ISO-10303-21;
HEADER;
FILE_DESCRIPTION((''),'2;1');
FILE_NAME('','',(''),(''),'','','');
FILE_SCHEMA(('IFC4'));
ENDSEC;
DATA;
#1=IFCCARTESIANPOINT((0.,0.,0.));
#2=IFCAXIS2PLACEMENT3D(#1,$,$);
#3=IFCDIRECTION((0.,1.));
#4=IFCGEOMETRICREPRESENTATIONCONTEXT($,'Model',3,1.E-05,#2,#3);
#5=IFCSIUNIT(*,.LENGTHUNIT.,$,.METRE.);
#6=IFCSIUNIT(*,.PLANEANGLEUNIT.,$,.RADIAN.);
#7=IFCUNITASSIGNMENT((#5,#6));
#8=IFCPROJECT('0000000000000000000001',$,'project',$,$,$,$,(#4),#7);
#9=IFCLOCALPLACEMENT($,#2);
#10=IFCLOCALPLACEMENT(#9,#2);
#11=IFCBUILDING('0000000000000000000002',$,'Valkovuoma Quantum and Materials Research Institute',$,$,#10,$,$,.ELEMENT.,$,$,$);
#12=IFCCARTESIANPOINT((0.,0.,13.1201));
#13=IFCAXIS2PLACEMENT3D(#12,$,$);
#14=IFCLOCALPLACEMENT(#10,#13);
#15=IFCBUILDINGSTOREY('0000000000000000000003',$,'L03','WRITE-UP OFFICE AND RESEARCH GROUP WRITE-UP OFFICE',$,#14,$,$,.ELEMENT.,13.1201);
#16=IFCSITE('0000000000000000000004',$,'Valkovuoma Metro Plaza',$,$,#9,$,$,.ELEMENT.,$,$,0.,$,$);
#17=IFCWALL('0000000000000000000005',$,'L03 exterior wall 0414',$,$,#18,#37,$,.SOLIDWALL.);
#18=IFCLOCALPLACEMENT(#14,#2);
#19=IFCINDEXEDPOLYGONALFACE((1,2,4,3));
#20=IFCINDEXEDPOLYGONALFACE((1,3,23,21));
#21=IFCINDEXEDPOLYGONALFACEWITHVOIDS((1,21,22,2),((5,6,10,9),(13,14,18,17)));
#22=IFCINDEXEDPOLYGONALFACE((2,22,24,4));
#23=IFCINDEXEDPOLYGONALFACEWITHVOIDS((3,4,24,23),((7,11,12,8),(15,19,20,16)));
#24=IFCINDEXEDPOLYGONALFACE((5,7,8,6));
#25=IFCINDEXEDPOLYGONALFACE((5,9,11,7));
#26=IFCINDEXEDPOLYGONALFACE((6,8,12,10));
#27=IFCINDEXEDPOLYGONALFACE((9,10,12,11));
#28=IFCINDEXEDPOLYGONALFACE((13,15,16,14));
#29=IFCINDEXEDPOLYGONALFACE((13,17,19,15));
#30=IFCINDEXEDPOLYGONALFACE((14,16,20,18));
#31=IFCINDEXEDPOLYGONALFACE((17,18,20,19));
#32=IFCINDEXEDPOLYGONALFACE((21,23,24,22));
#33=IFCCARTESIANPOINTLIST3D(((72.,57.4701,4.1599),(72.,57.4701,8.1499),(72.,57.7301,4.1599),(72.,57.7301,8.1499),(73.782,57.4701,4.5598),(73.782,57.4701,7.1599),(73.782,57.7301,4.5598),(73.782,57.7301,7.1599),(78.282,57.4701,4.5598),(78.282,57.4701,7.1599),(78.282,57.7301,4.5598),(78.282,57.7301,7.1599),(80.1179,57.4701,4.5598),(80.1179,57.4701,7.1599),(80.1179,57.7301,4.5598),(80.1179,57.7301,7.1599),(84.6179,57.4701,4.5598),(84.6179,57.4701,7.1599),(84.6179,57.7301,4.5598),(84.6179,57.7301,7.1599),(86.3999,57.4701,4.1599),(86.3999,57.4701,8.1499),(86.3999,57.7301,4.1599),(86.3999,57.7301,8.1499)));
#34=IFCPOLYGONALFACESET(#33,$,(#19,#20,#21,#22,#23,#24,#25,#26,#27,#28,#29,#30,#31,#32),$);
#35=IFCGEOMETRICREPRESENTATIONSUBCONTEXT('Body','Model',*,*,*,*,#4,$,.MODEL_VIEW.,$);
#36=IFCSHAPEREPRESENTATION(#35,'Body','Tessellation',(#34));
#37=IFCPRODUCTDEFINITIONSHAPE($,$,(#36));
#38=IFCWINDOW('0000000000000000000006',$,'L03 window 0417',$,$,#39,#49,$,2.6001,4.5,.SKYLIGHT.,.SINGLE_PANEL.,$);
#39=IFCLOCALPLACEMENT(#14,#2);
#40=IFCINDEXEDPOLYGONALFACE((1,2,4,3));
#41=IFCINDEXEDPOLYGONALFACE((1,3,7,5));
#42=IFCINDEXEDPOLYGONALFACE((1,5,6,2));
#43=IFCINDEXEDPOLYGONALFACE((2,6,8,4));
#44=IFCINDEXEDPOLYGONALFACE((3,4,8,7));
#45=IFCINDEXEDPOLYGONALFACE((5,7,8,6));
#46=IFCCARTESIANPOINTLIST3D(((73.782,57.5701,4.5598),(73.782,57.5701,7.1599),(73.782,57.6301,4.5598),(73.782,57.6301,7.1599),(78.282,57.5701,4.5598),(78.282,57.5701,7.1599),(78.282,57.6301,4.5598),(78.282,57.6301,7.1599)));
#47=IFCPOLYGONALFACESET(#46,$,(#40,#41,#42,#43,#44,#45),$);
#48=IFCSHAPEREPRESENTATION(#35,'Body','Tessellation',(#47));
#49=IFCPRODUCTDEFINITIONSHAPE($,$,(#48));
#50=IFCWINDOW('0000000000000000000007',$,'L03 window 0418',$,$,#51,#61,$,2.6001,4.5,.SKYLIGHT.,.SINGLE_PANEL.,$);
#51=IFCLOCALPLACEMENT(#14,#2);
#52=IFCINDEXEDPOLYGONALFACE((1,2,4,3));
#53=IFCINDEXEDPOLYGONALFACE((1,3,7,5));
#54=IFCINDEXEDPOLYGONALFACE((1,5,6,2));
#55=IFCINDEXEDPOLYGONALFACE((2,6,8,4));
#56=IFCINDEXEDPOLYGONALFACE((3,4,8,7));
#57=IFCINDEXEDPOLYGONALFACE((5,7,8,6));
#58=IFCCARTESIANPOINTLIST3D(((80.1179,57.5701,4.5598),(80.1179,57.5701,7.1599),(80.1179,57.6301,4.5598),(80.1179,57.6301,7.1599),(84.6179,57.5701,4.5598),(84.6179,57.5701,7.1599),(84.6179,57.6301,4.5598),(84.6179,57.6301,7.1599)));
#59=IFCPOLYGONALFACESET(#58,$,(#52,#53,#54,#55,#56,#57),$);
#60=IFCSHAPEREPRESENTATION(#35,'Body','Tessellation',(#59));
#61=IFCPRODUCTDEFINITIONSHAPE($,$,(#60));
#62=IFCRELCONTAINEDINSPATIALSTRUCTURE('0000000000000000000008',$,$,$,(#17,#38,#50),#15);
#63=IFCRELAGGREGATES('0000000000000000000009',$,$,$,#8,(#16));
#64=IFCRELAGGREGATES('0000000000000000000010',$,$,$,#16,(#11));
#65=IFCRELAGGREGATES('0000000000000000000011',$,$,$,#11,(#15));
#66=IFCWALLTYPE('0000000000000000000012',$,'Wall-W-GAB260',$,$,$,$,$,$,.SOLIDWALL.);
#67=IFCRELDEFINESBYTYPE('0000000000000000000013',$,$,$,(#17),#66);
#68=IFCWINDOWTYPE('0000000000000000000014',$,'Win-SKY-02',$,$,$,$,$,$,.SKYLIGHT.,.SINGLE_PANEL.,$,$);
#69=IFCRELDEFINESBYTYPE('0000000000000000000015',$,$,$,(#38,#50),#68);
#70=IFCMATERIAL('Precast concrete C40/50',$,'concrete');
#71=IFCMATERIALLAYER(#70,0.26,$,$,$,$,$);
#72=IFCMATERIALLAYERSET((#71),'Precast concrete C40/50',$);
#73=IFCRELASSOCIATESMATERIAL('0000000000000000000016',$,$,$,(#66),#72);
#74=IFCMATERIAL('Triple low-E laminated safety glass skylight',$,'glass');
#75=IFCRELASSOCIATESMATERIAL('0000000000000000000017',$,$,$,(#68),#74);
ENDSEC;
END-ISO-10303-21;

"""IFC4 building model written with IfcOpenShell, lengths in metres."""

from ifc_helpers import new_model, si_unit, direction, frame, frame_2d, origin, place, context, subcontext, project, spatial, rectangle, extrude, material, layer, layer_set, type_object, element, fill, save


model = new_model("IFC4")

# Units and contexts
model_context = context("Model", 3, precision=1e-05, world=origin(), true_north=direction((0.0, 1.0)))
body_context = subcontext(model_context, "Body", "Model", "MODEL_VIEW")
ifc_project = project(units=[si_unit("LENGTHUNIT", "METRE"), si_unit("PLANEANGLEUNIT", "RADIAN")], contexts=[model_context])

# Site, building, storey
site_placement = place(None, origin())
site = spatial("IfcSite", under=ifc_project, at=site_placement, Name="Valkovuoma Metro Plaza", CompositionType="ELEMENT", RefElevation=0.0)
building_placement = place(site_placement, origin())
building = spatial("IfcBuilding", under=site, at=building_placement, Name="Valkovuoma Quantum and Materials Research Institute", CompositionType="ELEMENT")
storey_placement = place(building_placement, frame((0.0, 0.0, 13.1201)))
storey = spatial("IfcBuildingStorey", under=building, at=storey_placement, Name="L03", Description="WRITE-UP OFFICE AND RESEARCH GROUP WRITE-UP OFFICE", CompositionType="ELEMENT", Elevation=13.1201)

# Wall, openings, windows
ifc_material_1 = material(Name="Precast concrete C40/50", Category="concrete")
ifc_layer_1 = layer(ifc_material_1, 0.26)
ifc_layer_set_1 = layer_set([ifc_layer_1], Name="Precast concrete C40/50")
wall_type = type_object("IfcWallType", Name="Wall-W-GAB260", PredefinedType="SOLIDWALL", material=ifc_layer_set_1)
wall_placement = place(storey_placement, frame((72.0, 57.6001, 4.1599), z_axis=(0.0, 0.0, 1.0), x_axis=(1.0, 0.0, 0.0)))
wall = element("IfcWall", 1, at=wall_placement, inside=storey, type_object=wall_type, Name="L03 exterior wall 0414", PredefinedType="SOLIDWALL", context=body_context, shape_type="SweptSolid", body=[
    extrude(rectangle(XDim=14.3999, YDim=0.26, at=frame_2d((7.2, 0.0))), origin(), (0.0, 0.0, 1.0), 3.99),
])
opening_1_placement = place(wall_placement, frame((1.782, 0.0, 0.3999)))
opening_1 = element("IfcOpeningElement", 2, at=opening_1_placement, cuts=wall, PredefinedType="OPENING", context=body_context, shape_type="SweptSolid", body=[
    extrude(rectangle(XDim=4.5, YDim=2.6001, at=frame_2d((2.25, 1.3))), frame((0.0, 0.1401, 0.0), z_axis=(0.0, -1.0, 0.0), x_axis=(1.0, 0.0, 0.0)), (0.0, 0.0, 1.0), 0.28),
])
opening_2_placement = place(wall_placement, frame((8.1179, 0.0, 0.3999)))
opening_2 = element("IfcOpeningElement", 3, at=opening_2_placement, cuts=wall, PredefinedType="OPENING", context=body_context, shape_type="SweptSolid", body=[
    extrude(rectangle(XDim=4.5, YDim=2.6001, at=frame_2d((2.25, 1.3))), frame((0.0, 0.1401, 0.0), z_axis=(0.0, -1.0, 0.0), x_axis=(1.0, 0.0, 0.0)), (0.0, 0.0, 1.0), 0.28),
])
ifc_material_2 = material(Name="Triple low-E laminated safety glass skylight", Category="glass")
window_type = type_object("IfcWindowType", Name="Win-SKY-02", PartitioningType="SINGLE_PANEL", PredefinedType="SKYLIGHT", material=ifc_material_2)
window_1_placement = place(opening_1_placement, origin())
window_1 = element("IfcWindow", 4, at=window_1_placement, inside=storey, type_object=window_type, Name="L03 window 0417", OverallHeight=2.6001, OverallWidth=4.5, PartitioningType="SINGLE_PANEL", PredefinedType="SKYLIGHT", context=body_context, shape_type="SweptSolid", body=[
    extrude(rectangle(XDim=4.5, YDim=2.6001, at=frame_2d((2.25, 1.3))), frame((0.0, 0.03, 0.0), z_axis=(0.0, -1.0, 0.0), x_axis=(1.0, 0.0, 0.0)), (0.0, 0.0, 1.0), 0.0601),
])
fill(opening_1, window_1)
window_2_placement = place(opening_2_placement, origin())
window_2 = element("IfcWindow", 5, at=window_2_placement, inside=storey, type_object=window_type, Name="L03 window 0418", OverallHeight=2.6001, OverallWidth=4.5, PartitioningType="SINGLE_PANEL", PredefinedType="SKYLIGHT", context=body_context, shape_type="SweptSolid", body=[
    extrude(rectangle(XDim=4.5, YDim=2.6001, at=frame_2d((2.25, 1.3))), frame((0.0, 0.03, 0.0), z_axis=(0.0, -1.0, 0.0), x_axis=(1.0, 0.0, 0.0)), (0.0, 0.0, 1.0), 0.0601),
])
fill(opening_2, window_2)

save(model, "model.ifc")
